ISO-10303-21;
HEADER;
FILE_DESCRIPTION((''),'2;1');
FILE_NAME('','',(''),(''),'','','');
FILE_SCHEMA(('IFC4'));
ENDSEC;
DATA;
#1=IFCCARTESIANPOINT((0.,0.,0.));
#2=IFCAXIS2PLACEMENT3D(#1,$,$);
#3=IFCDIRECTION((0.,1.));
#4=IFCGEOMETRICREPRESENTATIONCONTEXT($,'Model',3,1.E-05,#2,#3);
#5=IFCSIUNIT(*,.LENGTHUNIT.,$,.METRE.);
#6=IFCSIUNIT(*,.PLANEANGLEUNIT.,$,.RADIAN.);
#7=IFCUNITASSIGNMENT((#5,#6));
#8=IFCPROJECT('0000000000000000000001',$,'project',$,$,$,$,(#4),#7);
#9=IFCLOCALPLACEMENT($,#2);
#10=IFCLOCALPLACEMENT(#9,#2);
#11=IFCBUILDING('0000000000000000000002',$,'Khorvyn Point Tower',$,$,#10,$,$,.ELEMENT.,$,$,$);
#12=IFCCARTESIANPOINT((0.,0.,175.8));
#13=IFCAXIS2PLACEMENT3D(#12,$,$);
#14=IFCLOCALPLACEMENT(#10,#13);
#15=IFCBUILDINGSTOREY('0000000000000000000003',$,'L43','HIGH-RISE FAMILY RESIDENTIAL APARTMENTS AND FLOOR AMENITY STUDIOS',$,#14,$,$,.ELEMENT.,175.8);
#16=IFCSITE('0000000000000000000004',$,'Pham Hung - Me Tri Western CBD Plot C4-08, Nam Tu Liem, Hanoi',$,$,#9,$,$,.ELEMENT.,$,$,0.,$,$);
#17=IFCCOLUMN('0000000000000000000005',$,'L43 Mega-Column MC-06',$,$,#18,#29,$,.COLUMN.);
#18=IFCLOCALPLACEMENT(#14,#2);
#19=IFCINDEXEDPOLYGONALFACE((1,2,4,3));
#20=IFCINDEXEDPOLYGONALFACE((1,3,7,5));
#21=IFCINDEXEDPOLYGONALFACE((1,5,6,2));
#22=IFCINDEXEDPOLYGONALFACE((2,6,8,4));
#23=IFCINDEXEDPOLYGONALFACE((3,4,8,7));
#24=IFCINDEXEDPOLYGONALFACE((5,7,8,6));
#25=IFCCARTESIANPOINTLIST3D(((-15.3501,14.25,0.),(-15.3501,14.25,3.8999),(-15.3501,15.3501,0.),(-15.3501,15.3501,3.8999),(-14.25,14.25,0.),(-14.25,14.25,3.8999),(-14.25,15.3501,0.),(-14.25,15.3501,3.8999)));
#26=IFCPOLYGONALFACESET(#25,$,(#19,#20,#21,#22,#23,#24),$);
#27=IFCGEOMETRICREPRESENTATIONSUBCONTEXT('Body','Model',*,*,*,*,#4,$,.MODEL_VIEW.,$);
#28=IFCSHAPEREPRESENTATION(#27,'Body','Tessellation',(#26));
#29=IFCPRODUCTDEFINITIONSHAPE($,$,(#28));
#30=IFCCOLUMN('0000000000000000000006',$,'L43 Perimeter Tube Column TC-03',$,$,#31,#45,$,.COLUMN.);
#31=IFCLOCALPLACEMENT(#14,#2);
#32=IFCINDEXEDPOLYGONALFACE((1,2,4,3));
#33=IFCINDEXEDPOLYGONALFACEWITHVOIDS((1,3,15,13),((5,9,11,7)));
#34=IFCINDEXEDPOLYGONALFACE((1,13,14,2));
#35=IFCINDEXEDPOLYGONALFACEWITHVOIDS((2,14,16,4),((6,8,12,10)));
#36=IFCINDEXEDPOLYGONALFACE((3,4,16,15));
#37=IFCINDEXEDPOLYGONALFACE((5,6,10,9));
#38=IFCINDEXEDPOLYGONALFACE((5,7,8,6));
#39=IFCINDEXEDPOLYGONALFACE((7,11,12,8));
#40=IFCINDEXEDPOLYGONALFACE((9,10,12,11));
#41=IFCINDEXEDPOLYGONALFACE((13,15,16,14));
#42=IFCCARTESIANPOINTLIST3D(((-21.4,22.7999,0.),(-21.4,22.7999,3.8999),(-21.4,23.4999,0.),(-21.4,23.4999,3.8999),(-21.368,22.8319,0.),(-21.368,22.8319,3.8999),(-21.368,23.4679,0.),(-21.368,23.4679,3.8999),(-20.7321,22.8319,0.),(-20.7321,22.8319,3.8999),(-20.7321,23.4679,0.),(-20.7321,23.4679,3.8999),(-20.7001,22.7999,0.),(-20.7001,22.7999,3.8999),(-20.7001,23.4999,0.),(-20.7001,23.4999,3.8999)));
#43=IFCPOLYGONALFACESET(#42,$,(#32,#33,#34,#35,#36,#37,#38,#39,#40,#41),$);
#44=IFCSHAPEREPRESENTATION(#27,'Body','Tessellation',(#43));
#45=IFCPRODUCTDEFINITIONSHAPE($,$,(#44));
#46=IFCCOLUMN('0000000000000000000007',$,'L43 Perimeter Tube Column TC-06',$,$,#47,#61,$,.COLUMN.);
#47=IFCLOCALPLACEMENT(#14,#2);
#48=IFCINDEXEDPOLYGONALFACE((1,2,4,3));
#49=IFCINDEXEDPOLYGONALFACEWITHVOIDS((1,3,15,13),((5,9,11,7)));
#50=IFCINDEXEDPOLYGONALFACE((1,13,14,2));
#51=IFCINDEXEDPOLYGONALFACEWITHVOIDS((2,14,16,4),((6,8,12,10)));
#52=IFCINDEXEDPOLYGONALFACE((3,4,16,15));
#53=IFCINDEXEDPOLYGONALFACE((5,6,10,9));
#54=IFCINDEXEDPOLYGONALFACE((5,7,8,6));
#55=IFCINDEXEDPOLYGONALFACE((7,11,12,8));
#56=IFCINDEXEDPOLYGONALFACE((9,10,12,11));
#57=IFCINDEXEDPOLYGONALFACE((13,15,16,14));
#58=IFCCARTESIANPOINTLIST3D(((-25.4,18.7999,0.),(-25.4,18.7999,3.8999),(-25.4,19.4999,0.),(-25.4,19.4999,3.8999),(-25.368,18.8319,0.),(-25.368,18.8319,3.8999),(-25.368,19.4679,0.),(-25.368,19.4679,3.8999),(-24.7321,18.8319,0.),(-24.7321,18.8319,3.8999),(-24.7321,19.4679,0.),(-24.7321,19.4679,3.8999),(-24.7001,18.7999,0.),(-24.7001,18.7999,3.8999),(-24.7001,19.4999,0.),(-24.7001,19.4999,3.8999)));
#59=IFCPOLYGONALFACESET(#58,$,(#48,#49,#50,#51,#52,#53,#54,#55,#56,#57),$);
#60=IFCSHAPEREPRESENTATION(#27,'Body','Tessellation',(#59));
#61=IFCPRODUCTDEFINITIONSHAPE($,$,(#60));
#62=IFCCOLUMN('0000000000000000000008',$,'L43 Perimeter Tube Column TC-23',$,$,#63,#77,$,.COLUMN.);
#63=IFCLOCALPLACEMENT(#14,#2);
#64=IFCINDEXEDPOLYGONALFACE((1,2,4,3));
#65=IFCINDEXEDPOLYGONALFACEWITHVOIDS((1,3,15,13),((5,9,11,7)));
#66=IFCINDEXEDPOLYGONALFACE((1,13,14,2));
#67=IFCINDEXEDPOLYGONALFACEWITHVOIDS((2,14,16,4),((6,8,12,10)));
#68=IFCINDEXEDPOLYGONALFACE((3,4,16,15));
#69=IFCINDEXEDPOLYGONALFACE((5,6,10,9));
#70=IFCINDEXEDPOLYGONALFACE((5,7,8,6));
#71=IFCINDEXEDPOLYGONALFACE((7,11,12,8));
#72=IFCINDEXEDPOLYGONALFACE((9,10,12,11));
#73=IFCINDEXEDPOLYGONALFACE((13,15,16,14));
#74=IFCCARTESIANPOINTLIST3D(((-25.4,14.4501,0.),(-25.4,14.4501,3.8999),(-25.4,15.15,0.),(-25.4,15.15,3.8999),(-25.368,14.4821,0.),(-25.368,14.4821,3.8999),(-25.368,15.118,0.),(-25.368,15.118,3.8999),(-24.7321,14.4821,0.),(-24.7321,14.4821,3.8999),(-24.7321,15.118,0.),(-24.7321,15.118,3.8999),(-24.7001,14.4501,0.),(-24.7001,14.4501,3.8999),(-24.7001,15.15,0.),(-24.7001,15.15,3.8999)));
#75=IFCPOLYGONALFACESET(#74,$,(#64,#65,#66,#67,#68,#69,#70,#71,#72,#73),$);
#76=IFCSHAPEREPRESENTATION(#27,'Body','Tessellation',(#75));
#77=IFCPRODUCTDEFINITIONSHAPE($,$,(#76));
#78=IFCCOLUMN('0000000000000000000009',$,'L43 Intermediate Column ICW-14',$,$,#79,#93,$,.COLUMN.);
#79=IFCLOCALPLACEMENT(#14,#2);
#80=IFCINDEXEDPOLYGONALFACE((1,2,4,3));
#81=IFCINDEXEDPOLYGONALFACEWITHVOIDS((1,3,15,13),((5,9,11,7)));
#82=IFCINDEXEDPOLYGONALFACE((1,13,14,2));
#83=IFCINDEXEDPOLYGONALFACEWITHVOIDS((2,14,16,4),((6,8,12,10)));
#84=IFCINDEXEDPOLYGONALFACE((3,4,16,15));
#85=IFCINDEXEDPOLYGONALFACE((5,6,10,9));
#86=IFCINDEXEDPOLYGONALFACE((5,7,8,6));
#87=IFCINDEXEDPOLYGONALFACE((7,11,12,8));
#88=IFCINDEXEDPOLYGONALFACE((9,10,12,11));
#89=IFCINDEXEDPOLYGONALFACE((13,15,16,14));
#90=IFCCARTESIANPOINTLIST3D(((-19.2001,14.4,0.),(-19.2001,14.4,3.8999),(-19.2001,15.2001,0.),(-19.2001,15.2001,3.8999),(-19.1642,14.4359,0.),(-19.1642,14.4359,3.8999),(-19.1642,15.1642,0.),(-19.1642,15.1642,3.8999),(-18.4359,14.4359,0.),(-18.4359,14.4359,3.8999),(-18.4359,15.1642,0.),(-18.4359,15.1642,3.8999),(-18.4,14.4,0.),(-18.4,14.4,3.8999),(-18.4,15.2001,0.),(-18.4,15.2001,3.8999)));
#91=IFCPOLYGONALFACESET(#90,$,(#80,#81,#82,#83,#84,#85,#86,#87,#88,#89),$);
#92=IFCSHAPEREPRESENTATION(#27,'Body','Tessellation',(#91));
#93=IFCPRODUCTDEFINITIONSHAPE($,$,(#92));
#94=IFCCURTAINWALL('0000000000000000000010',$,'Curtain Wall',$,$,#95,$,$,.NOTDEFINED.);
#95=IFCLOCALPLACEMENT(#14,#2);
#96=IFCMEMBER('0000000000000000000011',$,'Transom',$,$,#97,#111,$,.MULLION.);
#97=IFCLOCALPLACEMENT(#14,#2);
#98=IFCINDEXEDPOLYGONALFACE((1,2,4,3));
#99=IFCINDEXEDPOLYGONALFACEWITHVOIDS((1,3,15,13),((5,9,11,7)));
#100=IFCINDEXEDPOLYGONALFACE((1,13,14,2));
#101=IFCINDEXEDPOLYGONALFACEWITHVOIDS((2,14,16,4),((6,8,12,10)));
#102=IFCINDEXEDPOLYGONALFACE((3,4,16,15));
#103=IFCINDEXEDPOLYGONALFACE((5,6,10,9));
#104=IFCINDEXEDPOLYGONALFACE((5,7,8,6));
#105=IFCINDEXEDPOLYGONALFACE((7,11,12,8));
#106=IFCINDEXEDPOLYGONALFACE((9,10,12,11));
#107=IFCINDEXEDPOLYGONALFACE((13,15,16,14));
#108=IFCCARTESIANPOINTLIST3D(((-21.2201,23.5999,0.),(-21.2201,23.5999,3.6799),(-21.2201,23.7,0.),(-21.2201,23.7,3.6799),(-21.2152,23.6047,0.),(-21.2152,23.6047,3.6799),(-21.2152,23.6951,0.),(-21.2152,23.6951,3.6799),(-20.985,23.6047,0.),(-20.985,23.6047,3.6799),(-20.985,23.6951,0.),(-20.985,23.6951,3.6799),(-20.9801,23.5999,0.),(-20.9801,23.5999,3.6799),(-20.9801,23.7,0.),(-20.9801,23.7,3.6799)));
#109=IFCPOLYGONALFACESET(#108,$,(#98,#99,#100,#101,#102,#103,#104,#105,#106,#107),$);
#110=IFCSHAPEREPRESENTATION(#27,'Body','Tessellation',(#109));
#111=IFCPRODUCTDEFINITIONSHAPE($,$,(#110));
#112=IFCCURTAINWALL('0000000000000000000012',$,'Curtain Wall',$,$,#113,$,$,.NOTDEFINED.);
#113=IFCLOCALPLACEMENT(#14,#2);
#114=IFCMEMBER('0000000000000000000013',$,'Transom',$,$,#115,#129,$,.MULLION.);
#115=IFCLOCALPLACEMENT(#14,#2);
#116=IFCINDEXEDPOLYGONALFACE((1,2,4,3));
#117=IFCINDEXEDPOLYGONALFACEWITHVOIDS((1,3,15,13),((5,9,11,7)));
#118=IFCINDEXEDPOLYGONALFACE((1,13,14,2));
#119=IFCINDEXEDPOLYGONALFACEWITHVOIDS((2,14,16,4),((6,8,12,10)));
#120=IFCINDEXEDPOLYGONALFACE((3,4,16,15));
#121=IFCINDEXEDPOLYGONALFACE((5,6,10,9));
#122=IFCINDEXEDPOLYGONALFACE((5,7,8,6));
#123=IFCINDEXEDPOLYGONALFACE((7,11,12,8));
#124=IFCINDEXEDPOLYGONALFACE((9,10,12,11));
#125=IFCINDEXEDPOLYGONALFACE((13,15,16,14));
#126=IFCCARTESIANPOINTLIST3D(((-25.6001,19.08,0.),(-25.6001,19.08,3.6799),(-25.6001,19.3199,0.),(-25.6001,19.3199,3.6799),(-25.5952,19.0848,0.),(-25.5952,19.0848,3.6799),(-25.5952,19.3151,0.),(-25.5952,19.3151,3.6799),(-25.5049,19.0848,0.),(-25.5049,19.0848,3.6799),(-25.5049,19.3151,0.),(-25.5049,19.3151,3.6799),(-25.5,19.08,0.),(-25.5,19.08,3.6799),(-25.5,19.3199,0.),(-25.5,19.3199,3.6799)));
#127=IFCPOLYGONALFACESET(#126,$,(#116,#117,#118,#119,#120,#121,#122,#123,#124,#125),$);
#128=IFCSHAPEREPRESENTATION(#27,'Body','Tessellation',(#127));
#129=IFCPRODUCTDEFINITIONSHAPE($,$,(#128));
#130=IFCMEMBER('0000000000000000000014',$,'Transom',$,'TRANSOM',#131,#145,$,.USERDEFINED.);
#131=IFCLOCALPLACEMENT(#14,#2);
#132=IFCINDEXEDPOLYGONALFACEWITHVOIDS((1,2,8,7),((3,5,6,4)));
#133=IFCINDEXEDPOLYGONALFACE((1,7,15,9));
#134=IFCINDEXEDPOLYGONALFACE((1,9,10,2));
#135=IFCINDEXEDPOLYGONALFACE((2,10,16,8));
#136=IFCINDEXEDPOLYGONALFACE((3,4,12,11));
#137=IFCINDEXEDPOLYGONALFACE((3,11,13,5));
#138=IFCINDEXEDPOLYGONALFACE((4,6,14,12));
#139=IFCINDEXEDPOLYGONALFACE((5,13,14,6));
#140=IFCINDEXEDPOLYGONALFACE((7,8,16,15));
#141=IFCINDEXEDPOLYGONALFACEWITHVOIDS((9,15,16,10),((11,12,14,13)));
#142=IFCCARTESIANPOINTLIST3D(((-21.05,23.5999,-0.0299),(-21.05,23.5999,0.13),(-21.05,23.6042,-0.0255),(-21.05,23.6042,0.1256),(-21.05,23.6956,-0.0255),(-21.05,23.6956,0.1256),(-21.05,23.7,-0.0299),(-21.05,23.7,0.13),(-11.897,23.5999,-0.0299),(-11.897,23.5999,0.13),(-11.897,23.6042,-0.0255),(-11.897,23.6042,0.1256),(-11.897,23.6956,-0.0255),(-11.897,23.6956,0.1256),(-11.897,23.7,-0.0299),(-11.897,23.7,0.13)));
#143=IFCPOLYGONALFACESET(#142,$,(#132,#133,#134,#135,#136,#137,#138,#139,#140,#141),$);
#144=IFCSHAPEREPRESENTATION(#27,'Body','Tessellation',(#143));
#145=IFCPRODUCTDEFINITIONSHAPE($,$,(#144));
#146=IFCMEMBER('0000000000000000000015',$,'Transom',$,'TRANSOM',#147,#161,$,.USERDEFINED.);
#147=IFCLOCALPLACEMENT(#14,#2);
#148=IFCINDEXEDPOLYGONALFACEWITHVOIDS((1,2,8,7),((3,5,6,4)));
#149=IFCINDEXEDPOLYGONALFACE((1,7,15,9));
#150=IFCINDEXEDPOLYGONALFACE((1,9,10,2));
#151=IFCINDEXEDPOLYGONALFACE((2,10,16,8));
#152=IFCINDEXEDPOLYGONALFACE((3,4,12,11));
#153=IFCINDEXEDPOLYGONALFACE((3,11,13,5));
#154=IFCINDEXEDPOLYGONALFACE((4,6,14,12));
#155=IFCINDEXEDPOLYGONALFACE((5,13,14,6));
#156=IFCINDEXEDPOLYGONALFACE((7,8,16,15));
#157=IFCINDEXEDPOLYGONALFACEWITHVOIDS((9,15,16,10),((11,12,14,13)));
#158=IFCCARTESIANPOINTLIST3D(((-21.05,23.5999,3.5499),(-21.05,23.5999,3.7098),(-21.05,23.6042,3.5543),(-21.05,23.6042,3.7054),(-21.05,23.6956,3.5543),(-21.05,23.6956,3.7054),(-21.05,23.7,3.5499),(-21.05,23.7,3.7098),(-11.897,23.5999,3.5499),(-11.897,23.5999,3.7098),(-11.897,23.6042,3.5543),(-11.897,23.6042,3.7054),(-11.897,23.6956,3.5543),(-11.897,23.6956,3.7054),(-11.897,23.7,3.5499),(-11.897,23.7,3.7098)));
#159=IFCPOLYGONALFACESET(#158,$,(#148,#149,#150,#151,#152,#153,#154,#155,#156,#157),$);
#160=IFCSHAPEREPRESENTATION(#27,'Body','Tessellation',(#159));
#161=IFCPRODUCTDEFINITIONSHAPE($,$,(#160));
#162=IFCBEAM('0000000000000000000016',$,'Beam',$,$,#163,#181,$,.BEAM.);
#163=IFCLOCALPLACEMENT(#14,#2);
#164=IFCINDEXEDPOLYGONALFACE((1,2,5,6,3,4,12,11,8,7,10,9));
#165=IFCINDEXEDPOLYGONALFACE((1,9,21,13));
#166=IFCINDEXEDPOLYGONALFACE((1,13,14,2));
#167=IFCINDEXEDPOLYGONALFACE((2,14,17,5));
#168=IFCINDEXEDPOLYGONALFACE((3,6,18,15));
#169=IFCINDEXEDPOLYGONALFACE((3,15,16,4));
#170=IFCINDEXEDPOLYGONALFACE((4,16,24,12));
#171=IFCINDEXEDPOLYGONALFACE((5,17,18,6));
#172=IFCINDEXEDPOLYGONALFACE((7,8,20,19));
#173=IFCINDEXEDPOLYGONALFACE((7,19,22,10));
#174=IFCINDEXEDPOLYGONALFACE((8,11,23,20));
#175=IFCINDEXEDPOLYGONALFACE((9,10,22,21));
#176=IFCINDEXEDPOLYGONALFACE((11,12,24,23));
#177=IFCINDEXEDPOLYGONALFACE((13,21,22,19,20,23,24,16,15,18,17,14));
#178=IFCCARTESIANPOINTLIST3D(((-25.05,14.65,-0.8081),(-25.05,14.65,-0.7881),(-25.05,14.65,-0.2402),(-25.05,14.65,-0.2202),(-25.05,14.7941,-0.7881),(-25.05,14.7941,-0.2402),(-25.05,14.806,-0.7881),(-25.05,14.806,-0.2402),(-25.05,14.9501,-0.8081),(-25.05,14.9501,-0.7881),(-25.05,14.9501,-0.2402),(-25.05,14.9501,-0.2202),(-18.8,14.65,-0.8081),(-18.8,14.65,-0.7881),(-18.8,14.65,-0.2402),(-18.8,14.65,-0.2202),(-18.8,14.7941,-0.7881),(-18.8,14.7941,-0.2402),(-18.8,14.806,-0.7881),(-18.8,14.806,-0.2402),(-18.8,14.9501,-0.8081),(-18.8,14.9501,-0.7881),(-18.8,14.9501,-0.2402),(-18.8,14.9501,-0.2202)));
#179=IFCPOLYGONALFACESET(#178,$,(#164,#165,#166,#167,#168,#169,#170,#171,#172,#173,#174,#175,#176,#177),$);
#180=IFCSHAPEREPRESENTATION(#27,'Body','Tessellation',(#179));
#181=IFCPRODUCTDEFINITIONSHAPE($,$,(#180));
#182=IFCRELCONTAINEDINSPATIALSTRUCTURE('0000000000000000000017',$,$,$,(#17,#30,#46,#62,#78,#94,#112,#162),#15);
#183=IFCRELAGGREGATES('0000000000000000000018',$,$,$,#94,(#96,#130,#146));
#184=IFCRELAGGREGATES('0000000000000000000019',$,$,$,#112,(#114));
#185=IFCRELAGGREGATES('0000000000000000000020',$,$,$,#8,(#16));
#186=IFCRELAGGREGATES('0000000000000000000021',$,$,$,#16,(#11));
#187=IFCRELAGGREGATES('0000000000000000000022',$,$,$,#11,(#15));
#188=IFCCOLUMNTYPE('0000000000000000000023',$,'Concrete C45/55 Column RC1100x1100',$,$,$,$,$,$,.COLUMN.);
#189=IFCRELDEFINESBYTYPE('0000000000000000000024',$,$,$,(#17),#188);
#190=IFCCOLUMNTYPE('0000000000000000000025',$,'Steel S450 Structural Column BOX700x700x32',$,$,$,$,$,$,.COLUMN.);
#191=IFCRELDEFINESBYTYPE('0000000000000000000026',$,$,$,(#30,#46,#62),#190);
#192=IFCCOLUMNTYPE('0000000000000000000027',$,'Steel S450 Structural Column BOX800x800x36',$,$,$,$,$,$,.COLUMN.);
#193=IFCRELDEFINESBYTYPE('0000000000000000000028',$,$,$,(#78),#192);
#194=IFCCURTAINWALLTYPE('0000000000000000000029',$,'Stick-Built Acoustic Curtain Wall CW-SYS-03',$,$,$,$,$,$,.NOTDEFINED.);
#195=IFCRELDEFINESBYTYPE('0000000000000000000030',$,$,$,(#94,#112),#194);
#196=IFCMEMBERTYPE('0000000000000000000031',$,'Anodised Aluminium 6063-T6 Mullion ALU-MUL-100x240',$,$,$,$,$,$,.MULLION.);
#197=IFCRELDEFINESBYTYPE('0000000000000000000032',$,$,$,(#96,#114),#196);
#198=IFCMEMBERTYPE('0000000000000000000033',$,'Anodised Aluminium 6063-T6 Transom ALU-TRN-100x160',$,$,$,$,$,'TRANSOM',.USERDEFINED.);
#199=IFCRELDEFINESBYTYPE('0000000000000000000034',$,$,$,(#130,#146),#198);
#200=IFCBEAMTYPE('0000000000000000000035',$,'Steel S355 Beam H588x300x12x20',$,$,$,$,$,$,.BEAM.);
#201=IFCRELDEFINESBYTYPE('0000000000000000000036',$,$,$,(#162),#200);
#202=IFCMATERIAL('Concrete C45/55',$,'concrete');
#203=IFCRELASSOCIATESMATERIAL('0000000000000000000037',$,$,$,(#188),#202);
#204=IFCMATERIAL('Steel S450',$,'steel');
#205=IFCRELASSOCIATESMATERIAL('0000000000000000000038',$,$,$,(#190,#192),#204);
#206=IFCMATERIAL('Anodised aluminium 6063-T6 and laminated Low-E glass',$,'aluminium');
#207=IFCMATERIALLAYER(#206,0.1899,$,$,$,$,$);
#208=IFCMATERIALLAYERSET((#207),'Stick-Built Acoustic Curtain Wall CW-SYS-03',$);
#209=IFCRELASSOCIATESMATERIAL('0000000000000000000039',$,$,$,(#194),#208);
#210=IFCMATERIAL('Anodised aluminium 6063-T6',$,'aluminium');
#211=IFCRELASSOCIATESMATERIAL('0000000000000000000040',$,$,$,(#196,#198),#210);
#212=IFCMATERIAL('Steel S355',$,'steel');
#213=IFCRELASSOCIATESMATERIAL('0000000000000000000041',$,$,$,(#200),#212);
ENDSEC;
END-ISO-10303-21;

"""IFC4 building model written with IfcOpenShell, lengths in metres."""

from ifc_helpers import new_model, si_unit, direction, frame, origin, origin_2d, place, context, subcontext, project, spatial, rectangle, hollow_rectangle, i_section, extrude, material, layer, layer_set, material_profile, profile_set, type_object, element, aggregate, save


model = new_model("IFC4")

# Units and contexts
model_context = context("Model", 3, precision=1e-05, world=origin(), true_north=direction((0.0, 1.0)))
body_context = subcontext(model_context, "Body", "Model", "MODEL_VIEW")
ifc_project = project(units=[si_unit("LENGTHUNIT", "METRE"), si_unit("PLANEANGLEUNIT", "RADIAN")], contexts=[model_context])

# Site, building, storey
site_placement = place(None, origin())
site = spatial("IfcSite", under=ifc_project, at=site_placement, Name="Pham Hung - Me Tri Western CBD Plot C4-08, Nam Tu Liem, Hanoi", CompositionType="ELEMENT", RefElevation=0.0)
building_placement = place(site_placement, origin())
building = spatial("IfcBuilding", under=site, at=building_placement, Name="Khorvyn Point Tower", CompositionType="ELEMENT")
storey_placement = place(building_placement, frame((0.0, 0.0, 175.8)))
storey = spatial("IfcBuildingStorey", under=building, at=storey_placement, Name="L43", Description="HIGH-RISE FAMILY RESIDENTIAL APARTMENTS AND FLOOR AMENITY STUDIOS", CompositionType="ELEMENT", Elevation=175.8)

# Columns
ifc_material_1 = material(Name="Concrete C45/55", Category="concrete")
ifc_material_profile_1 = material_profile(ifc_material_1, rectangle(XDim=1.1001, YDim=1.1001, at=origin_2d()))
ifc_profile_set_1 = profile_set([ifc_material_profile_1], Name="Concrete C45/55 RC1100x1100")
column_type_1 = type_object("IfcColumnType", Name="Concrete C45/55 Column RC1100x1100", PredefinedType="COLUMN", material=ifc_profile_set_1)
column_1_placement = place(storey_placement, frame((-14.8, 14.8, 0.0), z_axis=(0.0, 0.0, 1.0), x_axis=(1.0, 0.0, 0.0)))
element("IfcColumn", 1, at=column_1_placement, inside=storey, type_object=column_type_1, Name="L43 Mega-Column MC-06", PredefinedType="COLUMN", context=body_context, shape_type="SweptSolid", body=[
    extrude(rectangle(XDim=1.1001, YDim=1.1001, at=origin_2d()), origin(), (0.0, 0.0, 1.0), 3.8999),
])
ifc_material_2 = material(Name="Steel S450", Category="steel")
ifc_material_profile_2 = material_profile(ifc_material_2, hollow_rectangle(XDim=0.7, YDim=0.7, WallThickness=0.032, at=origin_2d()))
ifc_profile_set_2 = profile_set([ifc_material_profile_2], Name="Steel S450 BOX700x700x32")
column_type_2 = type_object("IfcColumnType", Name="Steel S450 Structural Column BOX700x700x32", PredefinedType="COLUMN", material=ifc_profile_set_2)
for number, where, z_axis, x_axis, name in (
    (2, (-21.05, 23.1499, 0.0), (0.0, 0.0, 1.0), (1.0, 0.0, 0.0), "L43 Perimeter Tube Column TC-03"),
    (3, (-25.05, 19.1499, 0.0), (0.0, 0.0, 1.0), (1.0, 0.0, 0.0), "L43 Perimeter Tube Column TC-06"),
    (4, (-25.05, 14.8, 0.0), (0.0, 0.0, 1.0), (1.0, 0.0, 0.0), "L43 Perimeter Tube Column TC-23"),
):
    element("IfcColumn", number, at=place(storey_placement, frame(where, z_axis=z_axis, x_axis=x_axis)), inside=storey, type_object=column_type_2, Name=name, PredefinedType="COLUMN", context=body_context, shape_type="SweptSolid", body=[
        extrude(hollow_rectangle(XDim=0.7, YDim=0.7, WallThickness=0.032, at=origin_2d()), origin(), (0.0, 0.0, 1.0), 3.8999),
    ])
ifc_material_profile_3 = material_profile(ifc_material_2, hollow_rectangle(XDim=0.8, YDim=0.8, WallThickness=0.0359, at=origin_2d()))
ifc_profile_set_3 = profile_set([ifc_material_profile_3], Name="Steel S450 BOX800x800x36")
column_type_3 = type_object("IfcColumnType", Name="Steel S450 Structural Column BOX800x800x36", PredefinedType="COLUMN", material=ifc_profile_set_3)
column_2_placement = place(storey_placement, frame((-18.8, 14.8, 0.0), z_axis=(0.0, 0.0, 1.0), x_axis=(1.0, 0.0, 0.0)))
element("IfcColumn", 5, at=column_2_placement, inside=storey, type_object=column_type_3, Name="L43 Intermediate Column ICW-14", PredefinedType="COLUMN", context=body_context, shape_type="SweptSolid", body=[
    extrude(hollow_rectangle(XDim=0.8, YDim=0.8, WallThickness=0.0359, at=origin_2d()), origin(), (0.0, 0.0, 1.0), 3.8999),
])

# Curtain walls, members
ifc_material_3 = material(Name="Anodised aluminium 6063-T6 and laminated Low-E glass", Category="aluminium")
ifc_layer_1 = layer(ifc_material_3, 0.1899)
ifc_layer_set_1 = layer_set([ifc_layer_1], Name="Stick-Built Acoustic Curtain Wall CW-SYS-03")
curtain_wall_type = type_object("IfcCurtainWallType", Name="Stick-Built Acoustic Curtain Wall CW-SYS-03", PredefinedType="NOTDEFINED", material=ifc_layer_set_1)
curtain_wall_1_placement = place(storey_placement, origin())
curtain_wall_1 = element("IfcCurtainWall", 6, at=curtain_wall_1_placement, inside=storey, type_object=curtain_wall_type, Name="Curtain Wall", PredefinedType="NOTDEFINED")
ifc_material_4 = material(Name="Anodised aluminium 6063-T6", Category="aluminium")
ifc_material_profile_4 = material_profile(ifc_material_4, hollow_rectangle(XDim=0.1001, YDim=0.24, WallThickness=0.0049, at=origin_2d()))
ifc_profile_set_4 = profile_set([ifc_material_profile_4], Name="Anodised aluminium 6063-T6 ALU-MUL-100x240")
member_type_1 = type_object("IfcMemberType", Name="Anodised Aluminium 6063-T6 Mullion ALU-MUL-100x240", PredefinedType="MULLION", material=ifc_profile_set_4)
member_1_placement = place(storey_placement, frame((-21.1001, 23.6499, 0.0), z_axis=(0.0, 0.0, 1.0), x_axis=(0.0, 1.0, 0.0)))
member_1 = element("IfcMember", 7, at=member_1_placement, type_object=member_type_1, Name="Transom", PredefinedType="MULLION", context=body_context, shape_type="SweptSolid", body=[
    extrude(hollow_rectangle(XDim=0.1001, YDim=0.24, WallThickness=0.0049, at=origin_2d()), origin(), (0.0, 0.0, 1.0), 3.6799),
])
curtain_wall_2_placement = place(storey_placement, origin())
curtain_wall_2 = element("IfcCurtainWall", 8, at=curtain_wall_2_placement, inside=storey, type_object=curtain_wall_type, Name="Curtain Wall", PredefinedType="NOTDEFINED")
member_2_placement = place(storey_placement, frame((-25.55, 19.2, 0.0), z_axis=(0.0, 0.0, 1.0), x_axis=(-1.0, 0.0, 0.0)))
member_2 = element("IfcMember", 9, at=member_2_placement, type_object=member_type_1, Name="Transom", PredefinedType="MULLION", context=body_context, shape_type="SweptSolid", body=[
    extrude(hollow_rectangle(XDim=0.1001, YDim=0.24, WallThickness=0.0049, at=origin_2d()), origin(), (0.0, 0.0, 1.0), 3.6799),
])

# Members
ifc_material_profile_5 = material_profile(ifc_material_4, hollow_rectangle(XDim=0.1001, YDim=0.1599, WallThickness=0.0044, at=origin_2d()))
ifc_profile_set_5 = profile_set([ifc_material_profile_5], Name="Anodised aluminium 6063-T6 ALU-TRN-100x160")
member_type_2 = type_object("IfcMemberType", Name="Anodised Aluminium 6063-T6 Transom ALU-TRN-100x160", ElementType="TRANSOM", PredefinedType="USERDEFINED", material=ifc_profile_set_5)
member_3_placement = place(storey_placement, frame((-21.05, 23.6499, 0.05), z_axis=(1.0, 0.0, 0.0), x_axis=(0.0, 1.0, 0.0)))
member_3 = element("IfcMember", 10, at=member_3_placement, type_object=member_type_2, Name="Transom", ObjectType="TRANSOM", PredefinedType="USERDEFINED", context=body_context, shape_type="SweptSolid", body=[
    extrude(hollow_rectangle(XDim=0.1001, YDim=0.1599, WallThickness=0.0044, at=origin_2d()), origin(), (0.0, 0.0, 1.0), 9.1531),
])
member_4_placement = place(storey_placement, frame((-21.05, 23.6499, 3.6299), z_axis=(1.0, 0.0, 0.0), x_axis=(0.0, 1.0, 0.0)))
member_4 = element("IfcMember", 11, at=member_4_placement, type_object=member_type_2, Name="Transom", ObjectType="TRANSOM", PredefinedType="USERDEFINED", context=body_context, shape_type="SweptSolid", body=[
    extrude(hollow_rectangle(XDim=0.1001, YDim=0.1599, WallThickness=0.0044, at=origin_2d()), origin(), (0.0, 0.0, 1.0), 9.1531),
])

# Beam
ifc_material_5 = material(Name="Steel S355", Category="steel")
ifc_material_profile_6 = material_profile(ifc_material_5, i_section(OverallWidth=0.3, OverallDepth=0.5879, WebThickness=0.012, FlangeThickness=0.02, at=origin_2d()))
ifc_profile_set_6 = profile_set([ifc_material_profile_6], Name="Steel S355 H588x300x12x20")
beam_type_1 = type_object("IfcBeamType", Name="Steel S355 Beam H588x300x12x20", PredefinedType="BEAM", material=ifc_profile_set_6)
beam_1_placement = place(storey_placement, frame((-25.05, 14.8, -0.5142), z_axis=(1.0, 0.0, 0.0), x_axis=(0.0, 1.0, 0.0)))
element("IfcBeam", 12, at=beam_1_placement, inside=storey, type_object=beam_type_1, Name="Beam", PredefinedType="BEAM", context=body_context, shape_type="SweptSolid", body=[
    extrude(i_section(OverallWidth=0.3, OverallDepth=0.5879, WebThickness=0.012, FlangeThickness=0.02, at=origin_2d()), origin(), (0.0, 0.0, 1.0), 6.25),
])

aggregate(curtain_wall_1, [member_1, member_3, member_4])
aggregate(curtain_wall_2, [member_2])

save(model, "model.ifc")
